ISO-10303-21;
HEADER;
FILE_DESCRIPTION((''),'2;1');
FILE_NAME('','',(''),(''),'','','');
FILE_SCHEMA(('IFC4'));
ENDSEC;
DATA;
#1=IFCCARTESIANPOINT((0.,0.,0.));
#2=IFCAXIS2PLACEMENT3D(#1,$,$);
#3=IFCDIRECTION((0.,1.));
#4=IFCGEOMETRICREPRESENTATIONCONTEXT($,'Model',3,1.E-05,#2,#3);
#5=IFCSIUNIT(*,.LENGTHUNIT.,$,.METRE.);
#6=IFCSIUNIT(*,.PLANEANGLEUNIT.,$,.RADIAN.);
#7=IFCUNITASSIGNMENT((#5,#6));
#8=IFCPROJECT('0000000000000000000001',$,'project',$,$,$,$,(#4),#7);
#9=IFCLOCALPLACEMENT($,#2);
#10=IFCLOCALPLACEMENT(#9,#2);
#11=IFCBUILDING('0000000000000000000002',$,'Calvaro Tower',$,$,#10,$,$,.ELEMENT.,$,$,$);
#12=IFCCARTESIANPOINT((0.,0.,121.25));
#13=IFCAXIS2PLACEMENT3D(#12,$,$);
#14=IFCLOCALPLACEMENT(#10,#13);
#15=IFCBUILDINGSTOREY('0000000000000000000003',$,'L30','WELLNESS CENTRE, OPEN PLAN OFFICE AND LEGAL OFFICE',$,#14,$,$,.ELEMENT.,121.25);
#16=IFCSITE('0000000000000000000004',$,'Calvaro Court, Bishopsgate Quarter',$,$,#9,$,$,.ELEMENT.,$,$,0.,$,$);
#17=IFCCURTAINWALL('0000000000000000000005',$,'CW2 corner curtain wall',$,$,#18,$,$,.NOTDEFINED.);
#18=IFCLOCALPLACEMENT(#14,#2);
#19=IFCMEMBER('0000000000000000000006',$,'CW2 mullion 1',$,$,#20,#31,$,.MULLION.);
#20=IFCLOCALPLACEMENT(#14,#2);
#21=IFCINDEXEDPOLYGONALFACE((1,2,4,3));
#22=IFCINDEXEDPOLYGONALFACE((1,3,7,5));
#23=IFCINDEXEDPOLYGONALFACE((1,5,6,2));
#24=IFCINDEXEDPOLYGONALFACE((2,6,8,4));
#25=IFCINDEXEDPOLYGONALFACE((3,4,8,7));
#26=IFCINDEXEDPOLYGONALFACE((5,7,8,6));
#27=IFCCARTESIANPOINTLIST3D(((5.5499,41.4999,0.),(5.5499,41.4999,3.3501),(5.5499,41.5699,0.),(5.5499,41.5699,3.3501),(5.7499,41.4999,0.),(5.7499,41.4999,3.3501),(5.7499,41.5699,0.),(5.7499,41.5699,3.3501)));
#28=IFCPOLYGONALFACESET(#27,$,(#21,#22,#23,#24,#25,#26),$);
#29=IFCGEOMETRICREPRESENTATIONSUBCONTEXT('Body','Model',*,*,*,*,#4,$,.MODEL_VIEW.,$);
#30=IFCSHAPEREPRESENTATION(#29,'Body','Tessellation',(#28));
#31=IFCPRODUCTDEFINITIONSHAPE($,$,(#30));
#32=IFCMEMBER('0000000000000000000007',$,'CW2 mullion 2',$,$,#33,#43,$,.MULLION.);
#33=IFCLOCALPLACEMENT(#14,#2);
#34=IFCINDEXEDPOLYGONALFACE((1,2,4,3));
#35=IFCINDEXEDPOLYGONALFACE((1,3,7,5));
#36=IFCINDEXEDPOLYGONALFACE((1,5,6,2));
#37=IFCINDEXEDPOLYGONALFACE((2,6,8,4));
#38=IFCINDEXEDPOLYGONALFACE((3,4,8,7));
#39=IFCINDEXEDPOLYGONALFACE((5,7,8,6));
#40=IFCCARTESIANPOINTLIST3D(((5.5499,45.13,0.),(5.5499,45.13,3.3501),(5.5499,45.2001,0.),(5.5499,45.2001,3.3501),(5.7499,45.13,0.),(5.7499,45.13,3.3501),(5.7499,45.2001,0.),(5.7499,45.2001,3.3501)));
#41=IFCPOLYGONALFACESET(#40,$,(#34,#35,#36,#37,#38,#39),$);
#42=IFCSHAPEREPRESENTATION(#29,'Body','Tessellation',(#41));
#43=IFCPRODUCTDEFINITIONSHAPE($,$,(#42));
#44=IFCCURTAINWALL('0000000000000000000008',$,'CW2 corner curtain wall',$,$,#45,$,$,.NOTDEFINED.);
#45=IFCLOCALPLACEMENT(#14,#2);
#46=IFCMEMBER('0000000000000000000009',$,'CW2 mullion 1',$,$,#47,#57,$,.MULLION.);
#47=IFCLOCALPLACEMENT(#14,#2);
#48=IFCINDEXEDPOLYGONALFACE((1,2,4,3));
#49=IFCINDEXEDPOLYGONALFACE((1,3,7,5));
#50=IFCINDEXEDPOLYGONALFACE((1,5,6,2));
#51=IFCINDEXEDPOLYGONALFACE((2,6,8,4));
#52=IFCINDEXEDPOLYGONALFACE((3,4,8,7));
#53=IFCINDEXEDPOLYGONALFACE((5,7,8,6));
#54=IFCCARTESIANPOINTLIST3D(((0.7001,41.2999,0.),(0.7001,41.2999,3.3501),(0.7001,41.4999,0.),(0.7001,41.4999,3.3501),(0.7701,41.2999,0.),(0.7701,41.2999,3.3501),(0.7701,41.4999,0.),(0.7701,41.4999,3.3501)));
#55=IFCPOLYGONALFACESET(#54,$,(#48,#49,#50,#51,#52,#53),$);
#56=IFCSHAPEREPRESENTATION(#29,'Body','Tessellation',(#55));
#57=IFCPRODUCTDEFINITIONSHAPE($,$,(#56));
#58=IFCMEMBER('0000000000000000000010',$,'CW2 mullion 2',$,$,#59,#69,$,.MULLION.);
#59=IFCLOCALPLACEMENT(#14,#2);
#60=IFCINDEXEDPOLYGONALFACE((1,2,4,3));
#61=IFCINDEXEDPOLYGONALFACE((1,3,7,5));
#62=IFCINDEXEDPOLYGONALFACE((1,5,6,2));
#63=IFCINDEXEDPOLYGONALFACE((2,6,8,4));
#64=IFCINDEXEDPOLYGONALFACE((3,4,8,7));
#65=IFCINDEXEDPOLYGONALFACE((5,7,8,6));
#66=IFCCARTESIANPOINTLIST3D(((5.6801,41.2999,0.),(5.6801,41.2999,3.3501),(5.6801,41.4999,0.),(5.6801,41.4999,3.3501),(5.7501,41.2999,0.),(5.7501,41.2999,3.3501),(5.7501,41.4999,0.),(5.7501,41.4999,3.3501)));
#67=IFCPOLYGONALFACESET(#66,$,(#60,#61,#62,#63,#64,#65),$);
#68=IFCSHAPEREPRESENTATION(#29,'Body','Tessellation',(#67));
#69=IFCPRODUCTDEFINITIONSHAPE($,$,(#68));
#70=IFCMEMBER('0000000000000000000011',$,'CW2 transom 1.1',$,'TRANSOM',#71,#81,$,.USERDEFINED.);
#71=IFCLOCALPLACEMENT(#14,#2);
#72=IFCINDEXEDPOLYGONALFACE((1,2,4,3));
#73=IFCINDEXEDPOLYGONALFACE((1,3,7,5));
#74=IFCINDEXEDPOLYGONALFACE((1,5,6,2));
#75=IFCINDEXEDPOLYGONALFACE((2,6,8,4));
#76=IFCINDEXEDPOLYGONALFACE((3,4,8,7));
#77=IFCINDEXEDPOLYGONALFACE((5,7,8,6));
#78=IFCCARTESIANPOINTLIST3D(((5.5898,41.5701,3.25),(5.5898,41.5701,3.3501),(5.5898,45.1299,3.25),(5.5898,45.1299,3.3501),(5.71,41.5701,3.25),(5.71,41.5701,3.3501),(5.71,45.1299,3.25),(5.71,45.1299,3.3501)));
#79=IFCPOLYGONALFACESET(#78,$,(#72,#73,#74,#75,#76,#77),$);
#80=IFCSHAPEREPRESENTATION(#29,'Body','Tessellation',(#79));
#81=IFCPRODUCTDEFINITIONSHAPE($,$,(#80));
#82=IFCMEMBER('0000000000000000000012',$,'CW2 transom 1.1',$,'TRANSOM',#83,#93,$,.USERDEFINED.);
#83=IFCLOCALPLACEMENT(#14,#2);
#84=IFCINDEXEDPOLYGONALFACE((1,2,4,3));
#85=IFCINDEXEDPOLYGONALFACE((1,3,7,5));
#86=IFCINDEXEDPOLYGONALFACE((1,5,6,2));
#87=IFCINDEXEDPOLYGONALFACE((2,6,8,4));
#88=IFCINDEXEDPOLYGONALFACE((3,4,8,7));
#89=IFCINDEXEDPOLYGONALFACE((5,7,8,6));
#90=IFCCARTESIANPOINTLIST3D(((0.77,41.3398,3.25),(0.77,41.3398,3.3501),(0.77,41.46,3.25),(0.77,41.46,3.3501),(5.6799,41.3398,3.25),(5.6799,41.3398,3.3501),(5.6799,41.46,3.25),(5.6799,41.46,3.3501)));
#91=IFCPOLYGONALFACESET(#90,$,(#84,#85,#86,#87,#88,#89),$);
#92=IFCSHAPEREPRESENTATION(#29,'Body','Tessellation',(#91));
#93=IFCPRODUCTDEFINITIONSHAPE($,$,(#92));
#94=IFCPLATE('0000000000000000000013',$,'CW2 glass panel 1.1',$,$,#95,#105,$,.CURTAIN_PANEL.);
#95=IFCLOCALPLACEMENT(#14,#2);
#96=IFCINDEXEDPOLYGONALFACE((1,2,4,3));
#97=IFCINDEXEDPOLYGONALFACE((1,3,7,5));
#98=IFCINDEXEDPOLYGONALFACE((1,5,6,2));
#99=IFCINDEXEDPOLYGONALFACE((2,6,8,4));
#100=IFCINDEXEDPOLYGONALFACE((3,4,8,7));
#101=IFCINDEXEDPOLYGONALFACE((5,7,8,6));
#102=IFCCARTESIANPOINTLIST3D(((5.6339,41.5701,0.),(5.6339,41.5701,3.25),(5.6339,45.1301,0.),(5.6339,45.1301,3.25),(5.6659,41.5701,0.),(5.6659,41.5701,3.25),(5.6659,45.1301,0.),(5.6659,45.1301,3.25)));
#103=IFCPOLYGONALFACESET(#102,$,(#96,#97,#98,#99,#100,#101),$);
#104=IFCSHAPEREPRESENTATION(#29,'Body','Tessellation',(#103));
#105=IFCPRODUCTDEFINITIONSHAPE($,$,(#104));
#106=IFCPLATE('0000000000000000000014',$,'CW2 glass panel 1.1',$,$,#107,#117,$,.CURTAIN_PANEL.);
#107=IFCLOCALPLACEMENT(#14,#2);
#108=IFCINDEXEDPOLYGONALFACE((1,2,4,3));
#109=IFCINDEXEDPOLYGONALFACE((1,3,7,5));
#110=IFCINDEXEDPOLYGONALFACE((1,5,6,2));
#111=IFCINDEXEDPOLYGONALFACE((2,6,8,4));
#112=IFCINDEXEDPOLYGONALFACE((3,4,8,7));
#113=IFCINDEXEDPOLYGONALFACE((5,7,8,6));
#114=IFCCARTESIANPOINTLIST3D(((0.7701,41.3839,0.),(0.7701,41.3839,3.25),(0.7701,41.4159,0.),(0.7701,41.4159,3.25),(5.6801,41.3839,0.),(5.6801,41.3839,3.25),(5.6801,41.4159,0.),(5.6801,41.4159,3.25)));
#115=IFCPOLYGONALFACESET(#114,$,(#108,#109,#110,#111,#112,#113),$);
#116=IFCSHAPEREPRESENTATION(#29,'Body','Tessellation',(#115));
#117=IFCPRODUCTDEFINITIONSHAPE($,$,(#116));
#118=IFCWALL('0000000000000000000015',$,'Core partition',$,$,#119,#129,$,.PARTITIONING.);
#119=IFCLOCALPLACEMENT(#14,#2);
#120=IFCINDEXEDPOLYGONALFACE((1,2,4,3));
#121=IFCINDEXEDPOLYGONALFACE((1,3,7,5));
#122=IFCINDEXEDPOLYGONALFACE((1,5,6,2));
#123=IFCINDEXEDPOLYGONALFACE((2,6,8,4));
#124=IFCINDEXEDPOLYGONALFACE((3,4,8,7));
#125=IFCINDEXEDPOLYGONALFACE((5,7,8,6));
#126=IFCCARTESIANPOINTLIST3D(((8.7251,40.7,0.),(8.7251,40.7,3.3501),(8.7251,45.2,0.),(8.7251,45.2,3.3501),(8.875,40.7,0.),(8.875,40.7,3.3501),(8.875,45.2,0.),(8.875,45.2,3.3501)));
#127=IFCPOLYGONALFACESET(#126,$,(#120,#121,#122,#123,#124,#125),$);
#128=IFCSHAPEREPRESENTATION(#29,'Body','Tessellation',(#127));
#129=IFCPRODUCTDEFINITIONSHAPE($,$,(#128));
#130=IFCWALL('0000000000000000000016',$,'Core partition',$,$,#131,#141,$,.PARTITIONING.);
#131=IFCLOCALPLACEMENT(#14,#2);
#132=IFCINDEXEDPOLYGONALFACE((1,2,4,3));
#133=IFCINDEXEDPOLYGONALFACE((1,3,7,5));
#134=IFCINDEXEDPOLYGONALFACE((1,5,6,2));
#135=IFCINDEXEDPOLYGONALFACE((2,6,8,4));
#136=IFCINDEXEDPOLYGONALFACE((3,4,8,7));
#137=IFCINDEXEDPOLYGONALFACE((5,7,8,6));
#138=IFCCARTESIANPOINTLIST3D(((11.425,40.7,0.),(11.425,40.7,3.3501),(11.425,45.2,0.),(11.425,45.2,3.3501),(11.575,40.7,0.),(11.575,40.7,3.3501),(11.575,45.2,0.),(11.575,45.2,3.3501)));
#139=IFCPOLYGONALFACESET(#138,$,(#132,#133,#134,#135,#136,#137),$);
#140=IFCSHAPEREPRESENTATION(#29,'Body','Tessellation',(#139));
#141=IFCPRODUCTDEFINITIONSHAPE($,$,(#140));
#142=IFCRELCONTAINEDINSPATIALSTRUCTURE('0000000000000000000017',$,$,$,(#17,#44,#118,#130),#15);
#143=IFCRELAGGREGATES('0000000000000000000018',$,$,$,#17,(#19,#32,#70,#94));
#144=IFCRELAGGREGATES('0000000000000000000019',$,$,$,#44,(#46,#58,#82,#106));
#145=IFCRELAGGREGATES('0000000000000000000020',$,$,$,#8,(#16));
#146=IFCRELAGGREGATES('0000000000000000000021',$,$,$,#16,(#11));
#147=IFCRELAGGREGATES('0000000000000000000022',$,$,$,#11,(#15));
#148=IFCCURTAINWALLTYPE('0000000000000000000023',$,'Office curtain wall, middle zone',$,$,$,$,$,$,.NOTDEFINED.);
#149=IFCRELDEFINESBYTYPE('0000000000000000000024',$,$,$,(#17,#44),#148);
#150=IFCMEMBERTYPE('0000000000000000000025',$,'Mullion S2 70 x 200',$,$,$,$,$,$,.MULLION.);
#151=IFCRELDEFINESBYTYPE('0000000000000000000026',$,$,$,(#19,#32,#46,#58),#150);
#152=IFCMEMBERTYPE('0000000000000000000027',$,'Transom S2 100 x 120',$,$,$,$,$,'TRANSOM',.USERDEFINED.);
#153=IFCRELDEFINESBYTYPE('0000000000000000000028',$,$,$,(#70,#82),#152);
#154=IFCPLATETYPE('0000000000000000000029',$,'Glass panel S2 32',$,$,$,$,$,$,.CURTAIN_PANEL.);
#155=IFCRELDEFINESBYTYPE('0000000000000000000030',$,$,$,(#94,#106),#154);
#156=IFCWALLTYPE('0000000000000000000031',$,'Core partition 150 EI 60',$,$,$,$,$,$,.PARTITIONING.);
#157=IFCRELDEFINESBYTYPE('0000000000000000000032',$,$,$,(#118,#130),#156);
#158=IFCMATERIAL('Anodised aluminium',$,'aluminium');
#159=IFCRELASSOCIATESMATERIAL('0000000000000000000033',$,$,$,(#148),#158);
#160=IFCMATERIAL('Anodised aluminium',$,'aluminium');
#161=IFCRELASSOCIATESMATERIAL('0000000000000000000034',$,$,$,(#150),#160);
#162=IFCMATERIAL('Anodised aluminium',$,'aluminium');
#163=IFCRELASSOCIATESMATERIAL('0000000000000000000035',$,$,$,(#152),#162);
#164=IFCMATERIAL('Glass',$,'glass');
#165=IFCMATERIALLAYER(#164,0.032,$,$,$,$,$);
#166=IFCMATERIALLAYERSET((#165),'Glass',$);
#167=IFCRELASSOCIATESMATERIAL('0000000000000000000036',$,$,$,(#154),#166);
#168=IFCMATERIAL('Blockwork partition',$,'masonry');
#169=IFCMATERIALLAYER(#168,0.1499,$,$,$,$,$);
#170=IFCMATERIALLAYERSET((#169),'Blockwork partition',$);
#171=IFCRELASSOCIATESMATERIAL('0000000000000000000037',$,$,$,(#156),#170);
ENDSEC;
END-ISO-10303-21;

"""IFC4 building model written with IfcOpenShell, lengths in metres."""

from ifc_helpers import new_model, si_unit, direction, frame, frame_2d, origin, origin_2d, place, context, subcontext, project, spatial, rectangle, extrude, material, layer, layer_set, material_profile, profile_set, type_object, element, aggregate, save


model = new_model("IFC4")

# Units and contexts
model_context = context("Model", 3, precision=1e-05, world=origin(), true_north=direction((0.0, 1.0)))
body_context = subcontext(model_context, "Body", "Model", "MODEL_VIEW")
ifc_project = project(units=[si_unit("LENGTHUNIT", "METRE"), si_unit("PLANEANGLEUNIT", "RADIAN")], contexts=[model_context])

# Site, building, storey
site_placement = place(None, origin())
site = spatial("IfcSite", under=ifc_project, at=site_placement, Name="Calvaro Court, Bishopsgate Quarter", CompositionType="ELEMENT", RefElevation=0.0)
building_placement = place(site_placement, origin())
building = spatial("IfcBuilding", under=site, at=building_placement, Name="Calvaro Tower", CompositionType="ELEMENT")
storey_placement = place(building_placement, frame((0.0, 0.0, 121.25)))
storey = spatial("IfcBuildingStorey", under=building, at=storey_placement, Name="L30", Description="WELLNESS CENTRE, OPEN PLAN OFFICE AND LEGAL OFFICE", CompositionType="ELEMENT", Elevation=121.25)

# Curtain walls, members
ifc_material_1 = material(Name="Anodised aluminium", Category="aluminium")
curtain_wall_type = type_object("IfcCurtainWallType", Name="Office curtain wall, middle zone", PredefinedType="NOTDEFINED", material=ifc_material_1)
curtain_wall_1_placement = place(storey_placement, origin())
curtain_wall_1 = element("IfcCurtainWall", 1, at=curtain_wall_1_placement, inside=storey, type_object=curtain_wall_type, Name="CW2 corner curtain wall", PredefinedType="NOTDEFINED")
ifc_material_2 = material(Name="Anodised aluminium", Category="aluminium")
ifc_material_profile_1 = material_profile(ifc_material_2, rectangle(XDim=0.2, YDim=0.0701, at=origin_2d()), Name="Mullion S2 70 x 200")
ifc_profile_set_1 = profile_set([ifc_material_profile_1], Name="Anodised aluminium")
member_type_1 = type_object("IfcMemberType", Name="Mullion S2 70 x 200", PredefinedType="MULLION", material=ifc_profile_set_1)
member_1_placement = place(storey_placement, frame((5.6499, 41.5349, 0.0), z_axis=(0.0, 0.0, 1.0), x_axis=(-1.0, 0.0, 0.0)))
member_1 = element("IfcMember", 2, at=member_1_placement, type_object=member_type_1, Name="CW2 mullion 1", PredefinedType="MULLION", context=body_context, shape_type="SweptSolid", body=[
    extrude(rectangle(XDim=0.2, YDim=0.0701, at=origin_2d()), origin(), (0.0, 0.0, 1.0), 3.3501),
])
member_2_placement = place(storey_placement, frame((5.6499, 45.165, 0.0), z_axis=(0.0, 0.0, 1.0), x_axis=(-1.0, 0.0, 0.0)))
member_2 = element("IfcMember", 3, at=member_2_placement, type_object=member_type_1, Name="CW2 mullion 2", PredefinedType="MULLION", context=body_context, shape_type="SweptSolid", body=[
    extrude(rectangle(XDim=0.2, YDim=0.0701, at=origin_2d()), origin(), (0.0, 0.0, 1.0), 3.3501),
])
curtain_wall_2_placement = place(storey_placement, origin())
curtain_wall_2 = element("IfcCurtainWall", 4, at=curtain_wall_2_placement, inside=storey, type_object=curtain_wall_type, Name="CW2 corner curtain wall", PredefinedType="NOTDEFINED")
member_3_placement = place(storey_placement, frame((0.7351, 41.3999, 0.0), z_axis=(0.0, 0.0, 1.0), x_axis=(0.0, 1.0, 0.0)))
member_3 = element("IfcMember", 5, at=member_3_placement, type_object=member_type_1, Name="CW2 mullion 1", PredefinedType="MULLION", context=body_context, shape_type="SweptSolid", body=[
    extrude(rectangle(XDim=0.2, YDim=0.0701, at=origin_2d()), origin(), (0.0, 0.0, 1.0), 3.3501),
])
member_4_placement = place(storey_placement, frame((5.7151, 41.3999, 0.0), z_axis=(0.0, 0.0, 1.0), x_axis=(0.0, 1.0, 0.0)))
member_4 = element("IfcMember", 6, at=member_4_placement, type_object=member_type_1, Name="CW2 mullion 2", PredefinedType="MULLION", context=body_context, shape_type="SweptSolid", body=[
    extrude(rectangle(XDim=0.2, YDim=0.0701, at=origin_2d()), origin(), (0.0, 0.0, 1.0), 3.3501),
])

# Members
ifc_material_3 = material(Name="Anodised aluminium", Category="aluminium")
ifc_material_profile_2 = material_profile(ifc_material_3, rectangle(XDim=0.1201, YDim=0.1001, at=origin_2d()), Name="Transom S2 100 x 120")
ifc_profile_set_2 = profile_set([ifc_material_profile_2], Name="Anodised aluminium")
member_type_2 = type_object("IfcMemberType", Name="Transom S2 100 x 120", ElementType="TRANSOM", PredefinedType="USERDEFINED", material=ifc_profile_set_2)
member_5_placement = place(storey_placement, frame((5.6499, 41.5701, 3.3), z_axis=(0.0, 1.0, 0.0), x_axis=(-1.0, 0.0, 0.0)))
member_5 = element("IfcMember", 7, at=member_5_placement, type_object=member_type_2, Name="CW2 transom 1.1", ObjectType="TRANSOM", PredefinedType="USERDEFINED", context=body_context, shape_type="SweptSolid", body=[
    extrude(rectangle(XDim=0.1201, YDim=0.1001, at=origin_2d()), origin(), (0.0, 0.0, 1.0), 3.5598),
])
member_6_placement = place(storey_placement, frame((0.77, 41.3999, 3.3), z_axis=(1.0, 0.0, 0.0), x_axis=(0.0, 1.0, 0.0)))
member_6 = element("IfcMember", 8, at=member_6_placement, type_object=member_type_2, Name="CW2 transom 1.1", ObjectType="TRANSOM", PredefinedType="USERDEFINED", context=body_context, shape_type="SweptSolid", body=[
    extrude(rectangle(XDim=0.1201, YDim=0.1001, at=origin_2d()), origin(), (0.0, 0.0, 1.0), 4.9099),
])

# Plates
ifc_material_4 = material(Name="Glass", Category="glass")
ifc_layer_1 = layer(ifc_material_4, 0.032)
ifc_layer_set_1 = layer_set([ifc_layer_1], Name="Glass")
plate_type = type_object("IfcPlateType", Name="Glass panel S2 32", PredefinedType="CURTAIN_PANEL", material=ifc_layer_set_1)
plate_1_placement = place(storey_placement, frame((5.6499, 43.3501, 0.0), z_axis=(0.0, 0.0, 1.0), x_axis=(0.0, 1.0, 0.0)))
plate_1 = element("IfcPlate", 9, at=plate_1_placement, type_object=plate_type, Name="CW2 glass panel 1.1", PredefinedType="CURTAIN_PANEL", context=body_context, shape_type="SweptSolid", body=[
    extrude(rectangle(XDim=3.5601, YDim=0.032, at=origin_2d()), origin(), (0.0, 0.0, 1.0), 3.25),
])
aggregate(curtain_wall_1, [member_1, member_2, member_5, plate_1])
plate_2_placement = place(storey_placement, frame((3.2251, 41.3999, 0.0), z_axis=(0.0, 0.0, 1.0), x_axis=(1.0, 0.0, 0.0)))
plate_2 = element("IfcPlate", 10, at=plate_2_placement, type_object=plate_type, Name="CW2 glass panel 1.1", PredefinedType="CURTAIN_PANEL", context=body_context, shape_type="SweptSolid", body=[
    extrude(rectangle(XDim=4.9099, YDim=0.032, at=origin_2d()), origin(), (0.0, 0.0, 1.0), 3.25),
])
aggregate(curtain_wall_2, [member_3, member_4, member_6, plate_2])

# Walls
ifc_material_5 = material(Name="Blockwork partition", Category="masonry")
ifc_layer_2 = layer(ifc_material_5, 0.1499)
ifc_layer_set_2 = layer_set([ifc_layer_2], Name="Blockwork partition")
wall_type_1 = type_object("IfcWallType", Name="Core partition 150 EI 60", PredefinedType="PARTITIONING", material=ifc_layer_set_2)
for number, where, z_axis, x_axis, name in (
    (11, (8.8, 40.7, 0.0), (0.0, 0.0, 1.0), (0.0, 1.0, 0.0), "Core partition"),
    (12, (11.5, 40.7, 0.0), (0.0, 0.0, 1.0), (0.0, 1.0, 0.0), "Core partition"),
):
    element("IfcWall", number, at=place(storey_placement, frame(where, z_axis=z_axis, x_axis=x_axis)), inside=storey, type_object=wall_type_1, Name=name, PredefinedType="PARTITIONING", context=body_context, shape_type="SweptSolid", body=[
        extrude(rectangle(XDim=4.5, YDim=0.1499, at=frame_2d((2.25, 0.0))), origin(), (0.0, 0.0, 1.0), 3.3501),
    ])

save(model, "model.ifc")
